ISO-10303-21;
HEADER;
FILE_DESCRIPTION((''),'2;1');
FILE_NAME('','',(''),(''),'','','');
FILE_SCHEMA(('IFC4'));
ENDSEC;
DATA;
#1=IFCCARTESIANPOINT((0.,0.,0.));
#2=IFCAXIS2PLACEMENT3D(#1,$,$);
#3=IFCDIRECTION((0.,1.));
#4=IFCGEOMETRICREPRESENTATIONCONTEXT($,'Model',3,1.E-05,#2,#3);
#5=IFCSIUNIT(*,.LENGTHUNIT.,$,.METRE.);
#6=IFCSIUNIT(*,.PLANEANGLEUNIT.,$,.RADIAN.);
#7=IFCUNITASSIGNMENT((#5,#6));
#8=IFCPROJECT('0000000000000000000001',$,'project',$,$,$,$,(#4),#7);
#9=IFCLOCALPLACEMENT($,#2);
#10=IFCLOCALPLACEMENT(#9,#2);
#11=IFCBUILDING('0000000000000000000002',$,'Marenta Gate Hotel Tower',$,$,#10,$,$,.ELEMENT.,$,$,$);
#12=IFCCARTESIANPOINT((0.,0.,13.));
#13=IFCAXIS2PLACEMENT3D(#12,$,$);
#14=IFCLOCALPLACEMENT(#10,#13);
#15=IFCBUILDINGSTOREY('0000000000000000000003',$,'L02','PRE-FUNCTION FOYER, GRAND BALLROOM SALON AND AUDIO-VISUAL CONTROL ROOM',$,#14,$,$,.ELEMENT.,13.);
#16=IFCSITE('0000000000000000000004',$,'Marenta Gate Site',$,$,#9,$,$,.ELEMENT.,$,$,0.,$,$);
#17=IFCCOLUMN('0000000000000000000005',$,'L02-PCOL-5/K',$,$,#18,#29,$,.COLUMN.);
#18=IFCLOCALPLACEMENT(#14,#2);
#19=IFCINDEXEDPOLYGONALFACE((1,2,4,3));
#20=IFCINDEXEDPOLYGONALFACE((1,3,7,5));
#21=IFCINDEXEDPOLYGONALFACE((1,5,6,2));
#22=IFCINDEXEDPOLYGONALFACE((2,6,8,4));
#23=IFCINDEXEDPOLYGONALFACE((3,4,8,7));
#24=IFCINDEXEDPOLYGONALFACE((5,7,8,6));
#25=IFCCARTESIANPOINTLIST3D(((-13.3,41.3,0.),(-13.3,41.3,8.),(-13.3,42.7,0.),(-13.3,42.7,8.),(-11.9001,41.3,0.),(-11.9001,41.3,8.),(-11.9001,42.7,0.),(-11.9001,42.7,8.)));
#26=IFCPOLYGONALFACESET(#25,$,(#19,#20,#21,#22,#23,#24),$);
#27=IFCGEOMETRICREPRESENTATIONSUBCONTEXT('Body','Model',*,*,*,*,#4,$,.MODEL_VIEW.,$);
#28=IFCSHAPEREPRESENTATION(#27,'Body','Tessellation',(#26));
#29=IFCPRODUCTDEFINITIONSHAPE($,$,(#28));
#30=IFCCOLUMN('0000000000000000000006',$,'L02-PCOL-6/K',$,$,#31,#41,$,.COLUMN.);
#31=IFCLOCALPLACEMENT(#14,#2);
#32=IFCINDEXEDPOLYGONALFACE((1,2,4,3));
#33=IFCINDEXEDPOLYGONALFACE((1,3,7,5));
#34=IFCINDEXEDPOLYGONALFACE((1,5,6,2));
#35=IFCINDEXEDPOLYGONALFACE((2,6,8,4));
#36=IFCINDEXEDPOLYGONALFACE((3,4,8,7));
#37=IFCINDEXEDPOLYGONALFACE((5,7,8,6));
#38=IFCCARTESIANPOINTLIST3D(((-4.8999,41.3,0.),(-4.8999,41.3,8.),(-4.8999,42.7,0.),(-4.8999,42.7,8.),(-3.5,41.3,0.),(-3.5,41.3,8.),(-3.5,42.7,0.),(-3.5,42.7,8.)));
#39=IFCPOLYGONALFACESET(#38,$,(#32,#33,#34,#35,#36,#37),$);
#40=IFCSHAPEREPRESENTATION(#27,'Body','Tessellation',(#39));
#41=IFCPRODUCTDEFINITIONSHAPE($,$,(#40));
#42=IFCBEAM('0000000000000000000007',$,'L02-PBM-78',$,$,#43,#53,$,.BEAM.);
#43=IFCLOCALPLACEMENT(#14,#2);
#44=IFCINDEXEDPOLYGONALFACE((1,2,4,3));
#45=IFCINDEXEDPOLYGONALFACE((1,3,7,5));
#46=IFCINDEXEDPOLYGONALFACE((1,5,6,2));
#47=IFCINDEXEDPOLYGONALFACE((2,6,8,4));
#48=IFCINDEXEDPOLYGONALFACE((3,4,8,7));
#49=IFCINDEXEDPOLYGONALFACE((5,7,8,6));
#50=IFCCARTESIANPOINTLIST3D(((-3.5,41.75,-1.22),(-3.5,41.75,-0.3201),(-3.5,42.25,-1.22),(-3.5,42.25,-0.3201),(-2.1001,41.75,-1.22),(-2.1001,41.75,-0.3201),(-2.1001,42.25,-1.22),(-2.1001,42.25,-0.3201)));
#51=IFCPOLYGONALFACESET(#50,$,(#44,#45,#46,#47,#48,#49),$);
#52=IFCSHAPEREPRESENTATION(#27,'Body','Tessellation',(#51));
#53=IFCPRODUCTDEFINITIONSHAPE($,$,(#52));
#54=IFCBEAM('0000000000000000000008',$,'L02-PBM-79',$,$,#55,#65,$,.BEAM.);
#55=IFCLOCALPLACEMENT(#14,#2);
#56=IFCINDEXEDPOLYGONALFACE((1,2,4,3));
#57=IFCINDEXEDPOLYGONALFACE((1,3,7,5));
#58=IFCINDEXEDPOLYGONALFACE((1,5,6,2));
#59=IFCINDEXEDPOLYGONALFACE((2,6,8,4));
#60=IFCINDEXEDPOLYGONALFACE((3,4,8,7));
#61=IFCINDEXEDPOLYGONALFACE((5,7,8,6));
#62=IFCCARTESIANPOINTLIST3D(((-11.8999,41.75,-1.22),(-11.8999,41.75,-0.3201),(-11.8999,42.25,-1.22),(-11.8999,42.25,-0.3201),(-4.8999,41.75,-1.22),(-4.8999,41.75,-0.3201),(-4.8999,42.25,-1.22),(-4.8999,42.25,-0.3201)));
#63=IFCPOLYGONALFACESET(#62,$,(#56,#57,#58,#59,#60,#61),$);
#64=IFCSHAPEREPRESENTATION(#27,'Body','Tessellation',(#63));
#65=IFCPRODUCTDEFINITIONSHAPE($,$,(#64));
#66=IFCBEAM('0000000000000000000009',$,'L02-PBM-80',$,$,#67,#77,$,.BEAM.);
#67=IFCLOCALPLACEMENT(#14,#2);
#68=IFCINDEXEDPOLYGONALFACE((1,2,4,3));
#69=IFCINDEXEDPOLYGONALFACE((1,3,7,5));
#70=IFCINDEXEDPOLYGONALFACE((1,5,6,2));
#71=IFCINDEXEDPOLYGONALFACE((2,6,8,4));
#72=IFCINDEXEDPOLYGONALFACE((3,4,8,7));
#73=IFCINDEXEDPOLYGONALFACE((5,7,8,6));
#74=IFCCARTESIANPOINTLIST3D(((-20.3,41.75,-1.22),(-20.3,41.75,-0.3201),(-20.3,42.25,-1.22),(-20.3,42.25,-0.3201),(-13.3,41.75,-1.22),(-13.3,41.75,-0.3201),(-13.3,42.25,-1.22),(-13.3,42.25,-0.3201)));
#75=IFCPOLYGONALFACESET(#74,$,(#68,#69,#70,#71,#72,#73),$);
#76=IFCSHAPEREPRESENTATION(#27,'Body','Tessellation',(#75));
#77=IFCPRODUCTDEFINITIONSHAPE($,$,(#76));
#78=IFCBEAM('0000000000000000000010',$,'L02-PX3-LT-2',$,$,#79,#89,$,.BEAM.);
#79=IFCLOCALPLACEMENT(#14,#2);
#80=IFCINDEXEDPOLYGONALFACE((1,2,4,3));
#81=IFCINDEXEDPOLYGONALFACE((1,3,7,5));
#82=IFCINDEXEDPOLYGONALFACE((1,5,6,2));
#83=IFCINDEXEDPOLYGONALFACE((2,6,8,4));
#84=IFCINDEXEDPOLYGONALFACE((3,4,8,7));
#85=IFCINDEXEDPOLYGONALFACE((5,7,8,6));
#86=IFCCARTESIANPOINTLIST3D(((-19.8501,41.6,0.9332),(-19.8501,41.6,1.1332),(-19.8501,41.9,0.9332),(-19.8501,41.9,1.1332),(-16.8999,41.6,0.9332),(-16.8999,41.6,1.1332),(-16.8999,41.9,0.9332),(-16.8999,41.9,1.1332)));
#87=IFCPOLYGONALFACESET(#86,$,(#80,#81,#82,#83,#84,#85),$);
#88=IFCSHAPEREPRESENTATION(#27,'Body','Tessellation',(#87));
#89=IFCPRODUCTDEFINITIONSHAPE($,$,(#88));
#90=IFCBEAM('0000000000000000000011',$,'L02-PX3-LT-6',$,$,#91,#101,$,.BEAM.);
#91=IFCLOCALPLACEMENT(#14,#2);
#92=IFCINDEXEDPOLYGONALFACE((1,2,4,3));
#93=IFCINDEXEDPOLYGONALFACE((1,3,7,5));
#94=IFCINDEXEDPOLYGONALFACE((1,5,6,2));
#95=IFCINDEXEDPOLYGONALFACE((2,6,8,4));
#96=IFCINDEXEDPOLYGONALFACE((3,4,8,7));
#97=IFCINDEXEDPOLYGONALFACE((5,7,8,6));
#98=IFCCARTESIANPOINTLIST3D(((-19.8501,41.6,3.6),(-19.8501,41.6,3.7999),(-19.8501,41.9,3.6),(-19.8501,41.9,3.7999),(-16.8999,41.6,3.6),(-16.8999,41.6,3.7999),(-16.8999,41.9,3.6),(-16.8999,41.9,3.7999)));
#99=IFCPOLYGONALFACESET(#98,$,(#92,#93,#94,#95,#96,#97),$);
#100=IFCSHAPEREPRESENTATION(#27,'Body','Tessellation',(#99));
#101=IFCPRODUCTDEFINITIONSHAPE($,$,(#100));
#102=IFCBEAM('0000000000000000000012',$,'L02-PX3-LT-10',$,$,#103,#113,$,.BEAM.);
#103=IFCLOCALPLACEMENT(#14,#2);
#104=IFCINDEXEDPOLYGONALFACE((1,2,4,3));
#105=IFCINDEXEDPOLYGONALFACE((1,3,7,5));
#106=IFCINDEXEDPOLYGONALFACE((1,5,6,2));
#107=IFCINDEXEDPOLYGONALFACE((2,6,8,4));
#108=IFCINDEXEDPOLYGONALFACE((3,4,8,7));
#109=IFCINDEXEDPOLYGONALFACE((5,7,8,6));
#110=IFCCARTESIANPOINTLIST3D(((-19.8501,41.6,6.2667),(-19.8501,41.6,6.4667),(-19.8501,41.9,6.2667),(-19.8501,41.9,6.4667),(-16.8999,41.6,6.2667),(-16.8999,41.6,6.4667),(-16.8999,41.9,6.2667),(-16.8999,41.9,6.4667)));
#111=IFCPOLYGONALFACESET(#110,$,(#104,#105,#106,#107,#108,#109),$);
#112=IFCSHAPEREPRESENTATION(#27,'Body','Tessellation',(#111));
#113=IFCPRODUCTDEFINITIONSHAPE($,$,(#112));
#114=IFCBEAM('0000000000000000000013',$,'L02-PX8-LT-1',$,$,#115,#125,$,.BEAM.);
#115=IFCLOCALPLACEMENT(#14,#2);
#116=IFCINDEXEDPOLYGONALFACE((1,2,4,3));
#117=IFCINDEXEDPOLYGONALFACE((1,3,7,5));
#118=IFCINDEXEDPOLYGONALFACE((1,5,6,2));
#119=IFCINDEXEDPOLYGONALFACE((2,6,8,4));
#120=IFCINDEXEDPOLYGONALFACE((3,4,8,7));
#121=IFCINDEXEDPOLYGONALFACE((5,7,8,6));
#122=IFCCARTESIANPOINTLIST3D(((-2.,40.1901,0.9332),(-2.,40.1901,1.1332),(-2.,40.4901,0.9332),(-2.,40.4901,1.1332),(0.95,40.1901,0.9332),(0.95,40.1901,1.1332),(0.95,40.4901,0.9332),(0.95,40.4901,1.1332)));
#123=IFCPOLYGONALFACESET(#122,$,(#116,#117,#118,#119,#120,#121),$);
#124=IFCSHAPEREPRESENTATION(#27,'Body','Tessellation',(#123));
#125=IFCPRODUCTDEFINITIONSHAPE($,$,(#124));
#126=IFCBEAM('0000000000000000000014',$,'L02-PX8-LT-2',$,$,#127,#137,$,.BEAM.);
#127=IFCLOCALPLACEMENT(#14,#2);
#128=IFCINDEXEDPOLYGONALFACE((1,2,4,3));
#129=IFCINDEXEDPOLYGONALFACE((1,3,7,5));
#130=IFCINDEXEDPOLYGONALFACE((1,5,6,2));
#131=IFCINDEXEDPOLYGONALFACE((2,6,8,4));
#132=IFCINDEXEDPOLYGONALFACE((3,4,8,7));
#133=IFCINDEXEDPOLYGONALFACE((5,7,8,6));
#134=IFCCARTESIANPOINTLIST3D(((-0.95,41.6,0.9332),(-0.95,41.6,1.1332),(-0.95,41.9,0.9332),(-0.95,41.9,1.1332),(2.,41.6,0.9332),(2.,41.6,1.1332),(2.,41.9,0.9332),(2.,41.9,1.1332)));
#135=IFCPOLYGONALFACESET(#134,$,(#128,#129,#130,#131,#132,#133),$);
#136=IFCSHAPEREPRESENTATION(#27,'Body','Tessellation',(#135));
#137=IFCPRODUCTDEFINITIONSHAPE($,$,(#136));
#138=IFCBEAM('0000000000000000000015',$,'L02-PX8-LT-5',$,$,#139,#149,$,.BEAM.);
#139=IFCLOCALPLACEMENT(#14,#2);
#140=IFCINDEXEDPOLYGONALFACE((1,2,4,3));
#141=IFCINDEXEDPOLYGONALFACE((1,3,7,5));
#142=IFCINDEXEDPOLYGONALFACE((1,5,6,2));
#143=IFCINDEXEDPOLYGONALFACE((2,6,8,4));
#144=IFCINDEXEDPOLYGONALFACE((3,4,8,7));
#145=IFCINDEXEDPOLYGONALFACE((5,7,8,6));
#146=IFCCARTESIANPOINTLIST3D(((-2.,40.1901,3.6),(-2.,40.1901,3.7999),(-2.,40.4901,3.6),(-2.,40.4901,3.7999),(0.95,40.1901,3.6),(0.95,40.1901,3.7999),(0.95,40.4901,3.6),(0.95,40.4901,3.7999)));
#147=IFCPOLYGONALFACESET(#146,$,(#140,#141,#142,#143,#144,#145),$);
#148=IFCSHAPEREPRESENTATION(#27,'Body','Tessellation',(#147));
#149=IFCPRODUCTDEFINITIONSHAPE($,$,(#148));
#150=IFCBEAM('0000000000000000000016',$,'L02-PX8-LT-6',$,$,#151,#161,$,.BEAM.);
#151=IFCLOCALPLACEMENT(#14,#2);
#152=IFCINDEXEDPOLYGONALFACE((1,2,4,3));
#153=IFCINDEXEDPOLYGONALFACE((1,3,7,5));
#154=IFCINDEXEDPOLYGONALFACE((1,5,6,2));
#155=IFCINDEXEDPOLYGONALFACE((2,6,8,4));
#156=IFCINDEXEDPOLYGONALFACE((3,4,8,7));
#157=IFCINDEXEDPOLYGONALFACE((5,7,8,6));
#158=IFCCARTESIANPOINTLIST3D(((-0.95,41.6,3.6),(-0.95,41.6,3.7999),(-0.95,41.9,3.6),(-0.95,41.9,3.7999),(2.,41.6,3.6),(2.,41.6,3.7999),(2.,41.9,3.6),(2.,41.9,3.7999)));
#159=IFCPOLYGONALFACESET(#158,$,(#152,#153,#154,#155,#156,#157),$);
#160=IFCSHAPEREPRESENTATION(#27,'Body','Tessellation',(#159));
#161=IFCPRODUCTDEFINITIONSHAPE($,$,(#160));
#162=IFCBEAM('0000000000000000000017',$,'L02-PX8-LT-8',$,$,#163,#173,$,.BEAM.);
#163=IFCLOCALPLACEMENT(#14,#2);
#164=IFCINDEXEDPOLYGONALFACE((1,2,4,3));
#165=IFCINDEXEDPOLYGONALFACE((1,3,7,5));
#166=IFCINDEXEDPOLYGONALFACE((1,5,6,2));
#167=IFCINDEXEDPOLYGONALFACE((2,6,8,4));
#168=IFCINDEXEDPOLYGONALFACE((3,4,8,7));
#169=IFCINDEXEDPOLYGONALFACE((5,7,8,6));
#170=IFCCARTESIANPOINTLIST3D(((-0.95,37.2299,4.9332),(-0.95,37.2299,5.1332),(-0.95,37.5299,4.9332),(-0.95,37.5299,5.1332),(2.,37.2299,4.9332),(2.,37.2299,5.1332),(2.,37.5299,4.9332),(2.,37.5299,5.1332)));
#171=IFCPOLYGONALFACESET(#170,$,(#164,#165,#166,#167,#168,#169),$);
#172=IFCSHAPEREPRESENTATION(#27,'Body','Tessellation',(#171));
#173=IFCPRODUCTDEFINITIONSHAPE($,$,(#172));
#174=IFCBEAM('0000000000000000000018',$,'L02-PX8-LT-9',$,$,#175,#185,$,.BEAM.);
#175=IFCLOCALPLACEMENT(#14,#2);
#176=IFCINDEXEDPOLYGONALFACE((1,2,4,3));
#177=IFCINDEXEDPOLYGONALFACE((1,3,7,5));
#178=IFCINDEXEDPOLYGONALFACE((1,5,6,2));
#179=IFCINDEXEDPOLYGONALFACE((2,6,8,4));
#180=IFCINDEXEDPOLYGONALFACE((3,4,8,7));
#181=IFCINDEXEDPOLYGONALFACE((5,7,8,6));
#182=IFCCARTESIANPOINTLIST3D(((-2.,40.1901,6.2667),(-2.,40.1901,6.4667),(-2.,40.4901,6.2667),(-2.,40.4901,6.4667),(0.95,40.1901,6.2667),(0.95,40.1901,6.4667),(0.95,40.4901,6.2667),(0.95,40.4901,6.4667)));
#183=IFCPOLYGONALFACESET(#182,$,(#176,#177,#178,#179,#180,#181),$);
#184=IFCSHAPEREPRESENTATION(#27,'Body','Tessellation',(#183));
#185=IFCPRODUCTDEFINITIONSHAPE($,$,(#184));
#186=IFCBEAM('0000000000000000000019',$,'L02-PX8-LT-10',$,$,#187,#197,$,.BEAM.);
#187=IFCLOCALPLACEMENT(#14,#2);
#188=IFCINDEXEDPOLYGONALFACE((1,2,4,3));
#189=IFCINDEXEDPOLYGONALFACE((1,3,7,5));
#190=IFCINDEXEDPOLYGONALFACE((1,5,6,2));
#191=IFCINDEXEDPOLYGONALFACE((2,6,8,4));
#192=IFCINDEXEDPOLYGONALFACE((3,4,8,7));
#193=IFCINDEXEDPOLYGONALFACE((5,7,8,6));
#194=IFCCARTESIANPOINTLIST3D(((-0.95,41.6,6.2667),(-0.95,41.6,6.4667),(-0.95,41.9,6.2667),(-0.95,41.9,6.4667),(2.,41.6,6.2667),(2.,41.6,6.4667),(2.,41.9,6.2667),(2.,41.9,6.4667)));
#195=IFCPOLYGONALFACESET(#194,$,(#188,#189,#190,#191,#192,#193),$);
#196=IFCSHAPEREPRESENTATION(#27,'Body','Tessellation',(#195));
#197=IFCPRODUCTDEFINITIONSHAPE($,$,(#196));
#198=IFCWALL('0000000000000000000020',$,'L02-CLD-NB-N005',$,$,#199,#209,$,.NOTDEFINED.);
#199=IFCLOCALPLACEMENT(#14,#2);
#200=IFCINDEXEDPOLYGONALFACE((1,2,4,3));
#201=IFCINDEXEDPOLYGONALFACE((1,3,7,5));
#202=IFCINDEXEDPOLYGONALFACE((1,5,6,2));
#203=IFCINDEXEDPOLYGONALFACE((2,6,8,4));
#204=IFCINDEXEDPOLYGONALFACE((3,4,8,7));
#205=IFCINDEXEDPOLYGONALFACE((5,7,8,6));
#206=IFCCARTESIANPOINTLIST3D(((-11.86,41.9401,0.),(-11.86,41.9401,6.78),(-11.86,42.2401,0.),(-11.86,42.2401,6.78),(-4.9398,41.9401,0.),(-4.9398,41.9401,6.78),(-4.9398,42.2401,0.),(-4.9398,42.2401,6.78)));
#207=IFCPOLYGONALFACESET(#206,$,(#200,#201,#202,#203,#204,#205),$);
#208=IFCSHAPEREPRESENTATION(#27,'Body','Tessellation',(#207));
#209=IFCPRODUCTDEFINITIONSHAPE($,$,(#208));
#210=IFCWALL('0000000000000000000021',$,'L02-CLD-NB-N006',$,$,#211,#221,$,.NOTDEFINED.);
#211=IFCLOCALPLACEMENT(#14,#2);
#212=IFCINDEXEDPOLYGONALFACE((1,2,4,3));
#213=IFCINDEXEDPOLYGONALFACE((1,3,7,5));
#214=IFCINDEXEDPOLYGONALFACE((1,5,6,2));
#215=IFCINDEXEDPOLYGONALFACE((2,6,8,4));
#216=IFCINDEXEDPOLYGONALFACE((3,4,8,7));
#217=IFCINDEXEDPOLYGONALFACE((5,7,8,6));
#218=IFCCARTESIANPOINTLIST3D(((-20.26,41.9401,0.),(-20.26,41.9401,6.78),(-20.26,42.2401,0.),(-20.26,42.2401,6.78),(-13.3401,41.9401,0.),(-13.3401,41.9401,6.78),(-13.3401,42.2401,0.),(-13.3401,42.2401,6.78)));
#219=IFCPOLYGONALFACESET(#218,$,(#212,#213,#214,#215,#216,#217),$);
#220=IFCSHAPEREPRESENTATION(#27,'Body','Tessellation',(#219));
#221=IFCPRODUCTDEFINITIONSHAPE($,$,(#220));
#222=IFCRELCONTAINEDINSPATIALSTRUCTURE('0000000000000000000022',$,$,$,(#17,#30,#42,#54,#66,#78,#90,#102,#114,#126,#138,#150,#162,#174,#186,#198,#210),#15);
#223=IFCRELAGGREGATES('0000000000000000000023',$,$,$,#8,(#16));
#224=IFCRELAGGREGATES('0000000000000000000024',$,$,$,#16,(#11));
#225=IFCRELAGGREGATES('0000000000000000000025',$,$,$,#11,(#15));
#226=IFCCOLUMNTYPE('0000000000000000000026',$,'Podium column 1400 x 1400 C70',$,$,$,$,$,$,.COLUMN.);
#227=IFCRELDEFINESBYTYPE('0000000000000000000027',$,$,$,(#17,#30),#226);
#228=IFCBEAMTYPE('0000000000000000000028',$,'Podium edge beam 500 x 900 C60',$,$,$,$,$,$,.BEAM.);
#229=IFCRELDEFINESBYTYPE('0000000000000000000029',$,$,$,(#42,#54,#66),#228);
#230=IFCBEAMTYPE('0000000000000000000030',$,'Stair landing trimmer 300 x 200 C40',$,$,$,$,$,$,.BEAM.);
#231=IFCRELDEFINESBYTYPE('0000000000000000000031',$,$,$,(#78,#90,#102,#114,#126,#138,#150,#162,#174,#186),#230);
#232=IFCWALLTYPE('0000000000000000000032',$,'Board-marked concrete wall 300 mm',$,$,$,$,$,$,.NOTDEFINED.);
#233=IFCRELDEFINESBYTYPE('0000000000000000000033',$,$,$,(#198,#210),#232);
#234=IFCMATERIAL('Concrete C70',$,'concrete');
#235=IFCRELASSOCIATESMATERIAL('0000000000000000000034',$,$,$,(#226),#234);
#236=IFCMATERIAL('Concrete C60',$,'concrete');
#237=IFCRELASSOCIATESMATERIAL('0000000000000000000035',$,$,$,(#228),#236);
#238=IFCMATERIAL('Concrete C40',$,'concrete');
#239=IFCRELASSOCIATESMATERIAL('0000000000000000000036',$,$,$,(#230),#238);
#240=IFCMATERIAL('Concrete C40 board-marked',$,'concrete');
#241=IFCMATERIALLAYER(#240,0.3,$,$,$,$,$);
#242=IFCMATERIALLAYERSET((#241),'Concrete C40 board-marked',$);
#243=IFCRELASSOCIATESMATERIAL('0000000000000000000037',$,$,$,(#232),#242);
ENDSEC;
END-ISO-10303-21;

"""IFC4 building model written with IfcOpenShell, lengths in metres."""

from ifc_helpers import new_model, si_unit, direction, frame, frame_2d, origin, origin_2d, place, context, subcontext, project, spatial, rectangle, extrude, material, layer, layer_set, material_profile, profile_set, type_object, element, save


model = new_model("IFC4")

# Units and contexts
model_context = context("Model", 3, precision=1e-05, world=origin(), true_north=direction((0.0, 1.0)))
body_context = subcontext(model_context, "Body", "Model", "MODEL_VIEW")
ifc_project = project(units=[si_unit("LENGTHUNIT", "METRE"), si_unit("PLANEANGLEUNIT", "RADIAN")], contexts=[model_context])

# Site, building, storey
site_placement = place(None, origin())
site = spatial("IfcSite", under=ifc_project, at=site_placement, Name="Marenta Gate Site", CompositionType="ELEMENT", RefElevation=0.0)
building_placement = place(site_placement, origin())
building = spatial("IfcBuilding", under=site, at=building_placement, Name="Marenta Gate Hotel Tower", CompositionType="ELEMENT")
storey_placement = place(building_placement, frame((0.0, 0.0, 13.0)))
storey = spatial("IfcBuildingStorey", under=building, at=storey_placement, Name="L02", Description="PRE-FUNCTION FOYER, GRAND BALLROOM SALON AND AUDIO-VISUAL CONTROL ROOM", CompositionType="ELEMENT", Elevation=13.0)

# Columns
ifc_material_1 = material(Name="Concrete C70", Category="concrete")
ifc_material_profile_1 = material_profile(ifc_material_1, rectangle(XDim=1.3999, YDim=1.3999, at=origin_2d()), Name="1400 x 1400")
ifc_profile_set_1 = profile_set([ifc_material_profile_1], Name="Concrete C70")
column_type = type_object("IfcColumnType", Name="Podium column 1400 x 1400 C70", PredefinedType="COLUMN", material=ifc_profile_set_1)
for number, where, z_axis, x_axis, name in (
    (1, (-12.6001, 42.0, 0.0), (0.0, 0.0, 1.0), (1.0, 0.0, 0.0), "L02-PCOL-5/K"),
    (2, (-4.2, 42.0, 0.0), (0.0, 0.0, 1.0), (1.0, 0.0, 0.0), "L02-PCOL-6/K"),
):
    element("IfcColumn", number, at=place(storey_placement, frame(where, z_axis=z_axis, x_axis=x_axis)), inside=storey, type_object=column_type, Name=name, PredefinedType="COLUMN", context=body_context, shape_type="SweptSolid", body=[
        extrude(rectangle(XDim=1.3999, YDim=1.3999, at=origin_2d()), origin(), (0.0, 0.0, 1.0), 8.0),
    ])

# Beams
ifc_material_2 = material(Name="Concrete C60", Category="concrete")
ifc_material_profile_2 = material_profile(ifc_material_2, rectangle(XDim=0.5, YDim=0.8999, at=origin_2d()), Name="500 x 900")
ifc_profile_set_2 = profile_set([ifc_material_profile_2], Name="Concrete C60")
beam_type_1 = type_object("IfcBeamType", Name="Podium edge beam 500 x 900 C60", PredefinedType="BEAM", material=ifc_profile_set_2)
beam_placement = place(storey_placement, frame((-2.1001, 42.0, -0.77), z_axis=(-1.0, 0.0, 0.0), x_axis=(0.0, -1.0, 0.0)))
element("IfcBeam", 3, at=beam_placement, inside=storey, type_object=beam_type_1, Name="L02-PBM-78", PredefinedType="BEAM", context=body_context, shape_type="SweptSolid", body=[
    extrude(rectangle(XDim=0.5, YDim=0.8999, at=origin_2d()), origin(), (0.0, 0.0, 1.0), 1.3999),
])
for number, where, z_axis, x_axis, name in (
    (4, (-4.8999, 42.0, -0.77), (-1.0, 0.0, 0.0), (0.0, -1.0, 0.0), "L02-PBM-79"),
    (5, (-13.3, 42.0, -0.77), (-1.0, 0.0, 0.0), (0.0, -1.0, 0.0), "L02-PBM-80"),
):
    element("IfcBeam", number, at=place(storey_placement, frame(where, z_axis=z_axis, x_axis=x_axis)), inside=storey, type_object=beam_type_1, Name=name, PredefinedType="BEAM", context=body_context, shape_type="SweptSolid", body=[
        extrude(rectangle(XDim=0.5, YDim=0.8999, at=origin_2d()), origin(), (0.0, 0.0, 1.0), 7.0),
    ])
ifc_material_3 = material(Name="Concrete C40", Category="concrete")
ifc_material_profile_3 = material_profile(ifc_material_3, rectangle(XDim=0.3, YDim=0.2, at=origin_2d()), Name="300 x 200")
ifc_profile_set_3 = profile_set([ifc_material_profile_3], Name="Concrete C40")
beam_type_2 = type_object("IfcBeamType", Name="Stair landing trimmer 300 x 200 C40", PredefinedType="BEAM", material=ifc_profile_set_3)
for number, where, z_axis, x_axis, name in (
    (6, (-19.8501, 41.75, 1.0332), (1.0, 0.0, 0.0), (0.0, 1.0, 0.0), "L02-PX3-LT-2"),
    (7, (-19.8501, 41.75, 3.7), (1.0, 0.0, 0.0), (0.0, 1.0, 0.0), "L02-PX3-LT-6"),
    (8, (-19.8501, 41.75, 6.3667), (1.0, 0.0, 0.0), (0.0, 1.0, 0.0), "L02-PX3-LT-10"),
):
    element("IfcBeam", number, at=place(storey_placement, frame(where, z_axis=z_axis, x_axis=x_axis)), inside=storey, type_object=beam_type_2, Name=name, PredefinedType="BEAM", context=body_context, shape_type="SweptSolid", body=[
        extrude(rectangle(XDim=0.3, YDim=0.2, at=origin_2d()), origin(), (0.0, 0.0, 1.0), 2.9502),
    ])
for number, where, z_axis, x_axis, name in (
    (9, (-2.0, 40.3401, 1.0332), (1.0, 0.0, 0.0), (0.0, 1.0, 0.0), "L02-PX8-LT-1"),
    (10, (-0.95, 41.75, 1.0332), (1.0, 0.0, 0.0), (0.0, 1.0, 0.0), "L02-PX8-LT-2"),
    (11, (-2.0, 40.3401, 3.7), (1.0, 0.0, 0.0), (0.0, 1.0, 0.0), "L02-PX8-LT-5"),
    (12, (-0.95, 41.75, 3.7), (1.0, 0.0, 0.0), (0.0, 1.0, 0.0), "L02-PX8-LT-6"),
    (13, (-0.95, 37.3799, 5.0332), (1.0, 0.0, 0.0), (0.0, 1.0, 0.0), "L02-PX8-LT-8"),
    (14, (-2.0, 40.3401, 6.3667), (1.0, 0.0, 0.0), (0.0, 1.0, 0.0), "L02-PX8-LT-9"),
    (15, (-0.95, 41.75, 6.3667), (1.0, 0.0, 0.0), (0.0, 1.0, 0.0), "L02-PX8-LT-10"),
):
    element("IfcBeam", number, at=place(storey_placement, frame(where, z_axis=z_axis, x_axis=x_axis)), inside=storey, type_object=beam_type_2, Name=name, PredefinedType="BEAM", context=body_context, shape_type="SweptSolid", body=[
        extrude(rectangle(XDim=0.3, YDim=0.2, at=origin_2d()), origin(), (0.0, 0.0, 1.0), 2.95),
    ])

# Walls
ifc_material_4 = material(Name="Concrete C40 board-marked", Category="concrete")
ifc_layer = layer(ifc_material_4, 0.3)
ifc_layer_set = layer_set([ifc_layer], Name="Concrete C40 board-marked")
wall_type = type_object("IfcWallType", Name="Board-marked concrete wall 300 mm", PredefinedType="NOTDEFINED", material=ifc_layer_set)
wall_1_placement = place(storey_placement, frame((-4.9399, 42.0901, 0.0), z_axis=(0.0, 0.0, 1.0), x_axis=(-1.0, 0.0, 0.0)))
element("IfcWall", 16, at=wall_1_placement, inside=storey, type_object=wall_type, Name="L02-CLD-NB-N005", PredefinedType="NOTDEFINED", context=body_context, shape_type="SweptSolid", body=[
    extrude(rectangle(XDim=6.9202, YDim=0.3, at=frame_2d((3.46, 0.0))), origin(), (0.0, 0.0, 1.0), 6.78),
])
wall_2_placement = place(storey_placement, frame((-13.3401, 42.0901, 0.0), z_axis=(0.0, 0.0, 1.0), x_axis=(-1.0, 0.0, 0.0)))
element("IfcWall", 17, at=wall_2_placement, inside=storey, type_object=wall_type, Name="L02-CLD-NB-N006", PredefinedType="NOTDEFINED", context=body_context, shape_type="SweptSolid", body=[
    extrude(rectangle(XDim=6.9199, YDim=0.3, at=frame_2d((3.46, 0.0))), origin(), (0.0, 0.0, 1.0), 6.78),
])

save(model, "model.ifc")
